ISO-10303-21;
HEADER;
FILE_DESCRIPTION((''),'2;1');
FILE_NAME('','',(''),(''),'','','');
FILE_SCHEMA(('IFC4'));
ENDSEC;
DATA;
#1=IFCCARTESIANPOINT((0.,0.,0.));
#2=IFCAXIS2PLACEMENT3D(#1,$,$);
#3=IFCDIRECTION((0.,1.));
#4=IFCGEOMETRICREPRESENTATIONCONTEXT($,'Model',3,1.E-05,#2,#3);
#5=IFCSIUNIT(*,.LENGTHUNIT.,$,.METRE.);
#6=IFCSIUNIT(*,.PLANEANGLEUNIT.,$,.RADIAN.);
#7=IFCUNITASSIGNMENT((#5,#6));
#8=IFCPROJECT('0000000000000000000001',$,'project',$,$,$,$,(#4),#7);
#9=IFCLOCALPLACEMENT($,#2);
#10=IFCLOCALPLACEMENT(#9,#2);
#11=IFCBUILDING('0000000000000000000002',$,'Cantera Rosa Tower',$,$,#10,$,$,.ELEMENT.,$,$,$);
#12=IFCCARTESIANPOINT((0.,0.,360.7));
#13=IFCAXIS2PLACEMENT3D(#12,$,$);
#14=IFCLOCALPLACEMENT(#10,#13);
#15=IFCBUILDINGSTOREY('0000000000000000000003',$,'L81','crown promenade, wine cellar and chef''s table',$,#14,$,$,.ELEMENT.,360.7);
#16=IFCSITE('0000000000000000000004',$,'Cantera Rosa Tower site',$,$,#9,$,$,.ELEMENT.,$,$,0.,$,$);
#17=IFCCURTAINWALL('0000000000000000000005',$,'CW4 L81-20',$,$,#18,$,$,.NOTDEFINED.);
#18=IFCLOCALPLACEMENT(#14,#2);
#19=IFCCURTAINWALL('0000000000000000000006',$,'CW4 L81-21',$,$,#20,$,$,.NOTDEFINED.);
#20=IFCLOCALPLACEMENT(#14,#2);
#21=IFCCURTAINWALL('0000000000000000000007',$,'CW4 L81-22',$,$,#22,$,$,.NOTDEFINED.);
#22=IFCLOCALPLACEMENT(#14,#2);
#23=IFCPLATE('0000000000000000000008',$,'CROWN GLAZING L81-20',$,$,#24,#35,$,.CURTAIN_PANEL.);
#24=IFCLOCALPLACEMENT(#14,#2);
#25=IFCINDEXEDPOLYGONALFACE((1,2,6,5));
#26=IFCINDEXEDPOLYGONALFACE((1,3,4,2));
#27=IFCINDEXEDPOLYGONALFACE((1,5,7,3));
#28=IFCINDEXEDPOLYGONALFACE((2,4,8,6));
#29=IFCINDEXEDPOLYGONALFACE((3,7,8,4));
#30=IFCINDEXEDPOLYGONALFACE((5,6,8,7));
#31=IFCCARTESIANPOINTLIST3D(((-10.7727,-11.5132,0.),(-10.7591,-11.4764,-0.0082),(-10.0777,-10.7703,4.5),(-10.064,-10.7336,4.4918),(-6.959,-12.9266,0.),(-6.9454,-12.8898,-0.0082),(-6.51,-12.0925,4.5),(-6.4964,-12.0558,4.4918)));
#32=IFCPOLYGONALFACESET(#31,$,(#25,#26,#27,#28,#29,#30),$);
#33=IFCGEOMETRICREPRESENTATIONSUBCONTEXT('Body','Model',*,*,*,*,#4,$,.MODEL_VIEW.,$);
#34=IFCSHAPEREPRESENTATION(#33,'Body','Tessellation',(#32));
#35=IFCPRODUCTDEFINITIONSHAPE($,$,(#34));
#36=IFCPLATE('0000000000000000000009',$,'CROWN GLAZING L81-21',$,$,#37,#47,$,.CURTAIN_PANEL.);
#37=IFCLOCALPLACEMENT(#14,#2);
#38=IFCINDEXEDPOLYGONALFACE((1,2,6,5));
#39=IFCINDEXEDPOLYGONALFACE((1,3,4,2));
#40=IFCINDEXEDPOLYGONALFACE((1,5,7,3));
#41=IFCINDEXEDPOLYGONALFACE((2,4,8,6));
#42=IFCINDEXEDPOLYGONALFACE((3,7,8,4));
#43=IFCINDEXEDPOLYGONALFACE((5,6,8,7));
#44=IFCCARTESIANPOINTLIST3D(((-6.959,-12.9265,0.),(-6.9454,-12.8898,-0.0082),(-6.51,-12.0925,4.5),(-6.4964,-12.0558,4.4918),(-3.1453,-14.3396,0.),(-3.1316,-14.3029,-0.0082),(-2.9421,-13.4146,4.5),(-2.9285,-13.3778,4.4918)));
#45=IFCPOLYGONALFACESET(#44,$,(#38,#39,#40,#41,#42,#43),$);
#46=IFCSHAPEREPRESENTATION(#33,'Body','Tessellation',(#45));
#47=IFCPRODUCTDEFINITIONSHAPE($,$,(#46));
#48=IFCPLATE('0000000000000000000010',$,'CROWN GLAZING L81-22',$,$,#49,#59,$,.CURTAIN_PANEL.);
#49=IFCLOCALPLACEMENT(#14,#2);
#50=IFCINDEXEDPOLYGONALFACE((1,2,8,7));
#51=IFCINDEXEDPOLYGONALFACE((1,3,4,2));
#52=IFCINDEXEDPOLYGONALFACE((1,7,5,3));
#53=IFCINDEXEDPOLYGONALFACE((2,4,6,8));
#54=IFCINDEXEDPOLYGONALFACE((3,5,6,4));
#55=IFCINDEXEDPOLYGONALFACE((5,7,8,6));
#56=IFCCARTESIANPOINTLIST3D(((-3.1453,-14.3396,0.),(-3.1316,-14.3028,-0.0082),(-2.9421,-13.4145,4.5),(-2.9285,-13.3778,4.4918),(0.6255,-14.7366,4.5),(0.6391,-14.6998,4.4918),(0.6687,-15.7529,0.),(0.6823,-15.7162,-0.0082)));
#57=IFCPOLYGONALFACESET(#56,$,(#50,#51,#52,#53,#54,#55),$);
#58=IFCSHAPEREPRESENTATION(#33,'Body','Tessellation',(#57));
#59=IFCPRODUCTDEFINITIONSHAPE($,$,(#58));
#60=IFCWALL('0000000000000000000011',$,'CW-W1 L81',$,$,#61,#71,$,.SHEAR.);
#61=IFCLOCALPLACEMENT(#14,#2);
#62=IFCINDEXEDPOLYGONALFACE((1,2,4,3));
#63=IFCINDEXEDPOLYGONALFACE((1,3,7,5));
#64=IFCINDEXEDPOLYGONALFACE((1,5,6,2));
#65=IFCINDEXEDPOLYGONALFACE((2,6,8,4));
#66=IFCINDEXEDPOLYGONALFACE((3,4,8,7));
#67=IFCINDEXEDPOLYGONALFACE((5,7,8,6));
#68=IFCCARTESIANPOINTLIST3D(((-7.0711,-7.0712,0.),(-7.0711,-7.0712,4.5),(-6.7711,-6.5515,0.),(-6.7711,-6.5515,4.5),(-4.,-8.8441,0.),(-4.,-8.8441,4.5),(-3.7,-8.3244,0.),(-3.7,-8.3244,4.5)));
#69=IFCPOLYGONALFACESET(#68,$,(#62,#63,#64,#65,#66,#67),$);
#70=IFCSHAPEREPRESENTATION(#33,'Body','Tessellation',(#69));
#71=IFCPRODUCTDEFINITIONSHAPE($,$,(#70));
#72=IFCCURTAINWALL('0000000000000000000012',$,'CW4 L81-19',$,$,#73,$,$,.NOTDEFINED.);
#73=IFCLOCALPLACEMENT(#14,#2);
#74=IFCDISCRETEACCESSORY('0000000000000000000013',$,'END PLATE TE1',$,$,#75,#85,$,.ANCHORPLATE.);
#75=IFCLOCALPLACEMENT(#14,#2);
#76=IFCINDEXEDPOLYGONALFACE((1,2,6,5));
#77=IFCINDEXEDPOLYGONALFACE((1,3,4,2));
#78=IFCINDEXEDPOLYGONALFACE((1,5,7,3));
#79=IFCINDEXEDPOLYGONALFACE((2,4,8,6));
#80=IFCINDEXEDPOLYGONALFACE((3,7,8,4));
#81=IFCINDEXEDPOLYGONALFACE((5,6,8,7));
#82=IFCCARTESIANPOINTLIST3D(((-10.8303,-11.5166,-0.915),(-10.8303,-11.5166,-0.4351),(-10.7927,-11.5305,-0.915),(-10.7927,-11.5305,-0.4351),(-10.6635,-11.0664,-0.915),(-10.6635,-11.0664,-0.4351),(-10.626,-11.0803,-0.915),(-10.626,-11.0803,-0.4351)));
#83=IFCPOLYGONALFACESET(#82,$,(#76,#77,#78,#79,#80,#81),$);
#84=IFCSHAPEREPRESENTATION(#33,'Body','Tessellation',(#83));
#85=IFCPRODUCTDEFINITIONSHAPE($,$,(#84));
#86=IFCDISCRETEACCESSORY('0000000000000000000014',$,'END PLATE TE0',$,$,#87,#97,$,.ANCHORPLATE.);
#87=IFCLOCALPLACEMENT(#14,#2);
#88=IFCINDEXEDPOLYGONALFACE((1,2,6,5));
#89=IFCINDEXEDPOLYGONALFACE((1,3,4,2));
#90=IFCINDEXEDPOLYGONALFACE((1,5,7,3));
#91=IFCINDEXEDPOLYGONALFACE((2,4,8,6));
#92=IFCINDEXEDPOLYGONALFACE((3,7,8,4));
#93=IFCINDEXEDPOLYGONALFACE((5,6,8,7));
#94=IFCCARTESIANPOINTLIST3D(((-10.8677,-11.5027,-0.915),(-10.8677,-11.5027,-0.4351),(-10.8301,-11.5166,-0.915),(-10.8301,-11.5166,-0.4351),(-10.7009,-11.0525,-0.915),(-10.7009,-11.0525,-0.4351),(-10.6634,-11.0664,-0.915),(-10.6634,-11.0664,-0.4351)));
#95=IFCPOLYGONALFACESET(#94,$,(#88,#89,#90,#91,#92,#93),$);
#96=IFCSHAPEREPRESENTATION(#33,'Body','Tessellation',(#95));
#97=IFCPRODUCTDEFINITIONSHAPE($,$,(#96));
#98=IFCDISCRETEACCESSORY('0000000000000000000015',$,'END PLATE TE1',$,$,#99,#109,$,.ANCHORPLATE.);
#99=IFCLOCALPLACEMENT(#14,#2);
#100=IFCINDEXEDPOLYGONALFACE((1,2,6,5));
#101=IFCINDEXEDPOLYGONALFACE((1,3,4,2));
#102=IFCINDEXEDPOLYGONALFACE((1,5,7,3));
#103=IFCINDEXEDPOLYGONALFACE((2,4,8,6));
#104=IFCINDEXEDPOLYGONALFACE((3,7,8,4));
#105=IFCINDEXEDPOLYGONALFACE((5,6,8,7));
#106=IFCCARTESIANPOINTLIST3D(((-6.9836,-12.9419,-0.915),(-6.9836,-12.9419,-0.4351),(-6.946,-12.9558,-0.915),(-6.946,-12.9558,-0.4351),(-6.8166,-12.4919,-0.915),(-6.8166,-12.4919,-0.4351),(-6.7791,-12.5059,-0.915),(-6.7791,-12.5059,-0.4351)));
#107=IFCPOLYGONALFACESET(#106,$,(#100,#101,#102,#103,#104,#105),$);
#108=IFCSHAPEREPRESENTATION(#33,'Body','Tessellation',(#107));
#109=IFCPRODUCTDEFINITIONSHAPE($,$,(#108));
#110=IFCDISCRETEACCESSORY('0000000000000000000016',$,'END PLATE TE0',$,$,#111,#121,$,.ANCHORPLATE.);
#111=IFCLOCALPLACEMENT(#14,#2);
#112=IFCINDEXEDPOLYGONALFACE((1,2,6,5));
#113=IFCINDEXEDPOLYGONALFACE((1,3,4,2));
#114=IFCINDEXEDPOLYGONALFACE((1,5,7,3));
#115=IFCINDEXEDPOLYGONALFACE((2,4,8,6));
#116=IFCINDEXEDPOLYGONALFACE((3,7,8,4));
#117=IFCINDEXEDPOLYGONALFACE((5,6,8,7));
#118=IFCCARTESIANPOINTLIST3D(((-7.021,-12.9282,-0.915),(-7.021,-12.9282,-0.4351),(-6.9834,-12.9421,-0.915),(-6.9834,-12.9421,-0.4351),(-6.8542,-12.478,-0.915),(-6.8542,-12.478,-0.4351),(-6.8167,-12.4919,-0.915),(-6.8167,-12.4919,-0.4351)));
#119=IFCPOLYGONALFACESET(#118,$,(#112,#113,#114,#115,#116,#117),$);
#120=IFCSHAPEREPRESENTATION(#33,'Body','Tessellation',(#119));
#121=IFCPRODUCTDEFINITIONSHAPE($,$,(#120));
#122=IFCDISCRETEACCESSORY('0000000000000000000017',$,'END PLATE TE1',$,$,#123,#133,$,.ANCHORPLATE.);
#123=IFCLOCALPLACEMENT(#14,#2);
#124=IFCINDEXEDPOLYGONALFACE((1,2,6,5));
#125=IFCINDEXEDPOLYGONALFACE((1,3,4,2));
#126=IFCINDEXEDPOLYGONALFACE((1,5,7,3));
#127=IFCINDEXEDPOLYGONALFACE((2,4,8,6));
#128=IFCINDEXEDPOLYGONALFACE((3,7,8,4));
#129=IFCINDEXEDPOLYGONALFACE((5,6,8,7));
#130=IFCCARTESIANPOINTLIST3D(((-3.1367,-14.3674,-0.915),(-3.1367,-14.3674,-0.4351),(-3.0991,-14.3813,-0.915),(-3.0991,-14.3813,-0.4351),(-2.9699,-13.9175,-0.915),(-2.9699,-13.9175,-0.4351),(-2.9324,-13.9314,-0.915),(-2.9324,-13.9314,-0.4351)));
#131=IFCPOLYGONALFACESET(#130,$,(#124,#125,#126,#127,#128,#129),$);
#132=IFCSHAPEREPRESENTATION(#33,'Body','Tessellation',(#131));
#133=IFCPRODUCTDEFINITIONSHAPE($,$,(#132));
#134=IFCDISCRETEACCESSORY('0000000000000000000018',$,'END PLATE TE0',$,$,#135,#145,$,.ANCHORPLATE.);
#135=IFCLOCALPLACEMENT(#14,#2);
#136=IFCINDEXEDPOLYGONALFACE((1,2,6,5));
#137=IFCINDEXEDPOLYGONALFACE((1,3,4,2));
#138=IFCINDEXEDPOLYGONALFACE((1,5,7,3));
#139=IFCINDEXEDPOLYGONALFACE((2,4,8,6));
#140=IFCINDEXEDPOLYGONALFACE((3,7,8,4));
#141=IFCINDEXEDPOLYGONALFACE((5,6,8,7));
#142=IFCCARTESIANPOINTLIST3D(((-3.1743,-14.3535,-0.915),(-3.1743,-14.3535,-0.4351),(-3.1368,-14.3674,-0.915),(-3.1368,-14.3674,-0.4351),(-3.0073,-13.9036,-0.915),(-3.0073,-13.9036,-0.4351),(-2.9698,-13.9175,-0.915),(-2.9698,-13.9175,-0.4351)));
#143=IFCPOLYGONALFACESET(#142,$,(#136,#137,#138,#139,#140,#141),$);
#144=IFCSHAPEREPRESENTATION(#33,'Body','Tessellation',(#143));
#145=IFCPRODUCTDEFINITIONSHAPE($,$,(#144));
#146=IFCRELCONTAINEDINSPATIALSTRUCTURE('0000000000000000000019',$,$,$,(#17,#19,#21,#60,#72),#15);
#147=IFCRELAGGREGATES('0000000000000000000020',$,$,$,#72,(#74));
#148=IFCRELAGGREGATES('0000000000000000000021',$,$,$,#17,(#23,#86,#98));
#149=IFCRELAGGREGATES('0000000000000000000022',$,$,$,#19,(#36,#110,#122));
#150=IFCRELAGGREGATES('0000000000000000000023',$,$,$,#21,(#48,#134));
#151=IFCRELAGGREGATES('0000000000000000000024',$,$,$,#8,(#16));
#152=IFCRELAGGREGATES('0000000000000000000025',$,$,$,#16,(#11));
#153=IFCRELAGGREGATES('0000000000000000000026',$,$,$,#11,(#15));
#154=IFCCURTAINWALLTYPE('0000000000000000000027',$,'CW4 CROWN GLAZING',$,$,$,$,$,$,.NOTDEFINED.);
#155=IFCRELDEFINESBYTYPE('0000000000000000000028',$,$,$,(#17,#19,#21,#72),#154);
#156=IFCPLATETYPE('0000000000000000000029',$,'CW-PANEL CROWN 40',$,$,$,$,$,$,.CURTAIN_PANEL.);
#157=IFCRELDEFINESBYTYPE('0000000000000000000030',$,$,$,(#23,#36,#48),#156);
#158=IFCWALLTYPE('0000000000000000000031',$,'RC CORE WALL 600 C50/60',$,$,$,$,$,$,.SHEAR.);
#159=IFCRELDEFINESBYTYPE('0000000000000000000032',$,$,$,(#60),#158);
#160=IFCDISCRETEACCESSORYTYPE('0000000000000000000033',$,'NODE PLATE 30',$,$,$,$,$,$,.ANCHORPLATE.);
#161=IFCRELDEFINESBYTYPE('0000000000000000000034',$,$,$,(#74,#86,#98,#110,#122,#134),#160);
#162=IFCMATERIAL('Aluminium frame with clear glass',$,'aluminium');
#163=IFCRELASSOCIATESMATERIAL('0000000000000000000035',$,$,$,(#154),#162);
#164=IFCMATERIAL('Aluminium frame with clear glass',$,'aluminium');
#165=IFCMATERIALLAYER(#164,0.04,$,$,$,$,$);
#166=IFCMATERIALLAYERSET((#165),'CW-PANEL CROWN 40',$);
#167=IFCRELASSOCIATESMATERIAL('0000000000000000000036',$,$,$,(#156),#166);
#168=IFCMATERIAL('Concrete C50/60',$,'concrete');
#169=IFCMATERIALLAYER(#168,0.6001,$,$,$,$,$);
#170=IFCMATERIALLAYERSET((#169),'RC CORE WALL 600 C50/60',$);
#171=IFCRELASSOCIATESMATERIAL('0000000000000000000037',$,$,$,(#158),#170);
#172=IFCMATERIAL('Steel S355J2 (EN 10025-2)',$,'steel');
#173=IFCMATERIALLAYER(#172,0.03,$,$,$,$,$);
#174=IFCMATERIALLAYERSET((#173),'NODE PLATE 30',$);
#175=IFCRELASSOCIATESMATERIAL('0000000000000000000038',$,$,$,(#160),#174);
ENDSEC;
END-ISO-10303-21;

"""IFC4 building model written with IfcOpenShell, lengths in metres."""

from ifc_helpers import new_model, si_unit, direction, frame, frame_2d, origin, place, context, subcontext, project, spatial, polyline, rectangle, outline, extrude, material, layer, layer_set, type_object, element, aggregate, save


model = new_model("IFC4")

# Units and contexts
model_context = context("Model", 3, precision=1e-05, world=origin(), true_north=direction((0.0, 1.0)))
body_context = subcontext(model_context, "Body", "Model", "MODEL_VIEW")
ifc_project = project(units=[si_unit("LENGTHUNIT", "METRE"), si_unit("PLANEANGLEUNIT", "RADIAN")], contexts=[model_context])

# Site, building, storey
site_placement = place(None, origin())
site = spatial("IfcSite", under=ifc_project, at=site_placement, Name="Cantera Rosa Tower site", CompositionType="ELEMENT", RefElevation=0.0)
building_placement = place(site_placement, origin())
building = spatial("IfcBuilding", under=site, at=building_placement, Name="Cantera Rosa Tower", CompositionType="ELEMENT")
storey_placement = place(building_placement, frame((0.0, 0.0, 360.7)))
storey = spatial("IfcBuildingStorey", under=building, at=storey_placement, Name="L81", Description="crown promenade, wine cellar and chef's table", CompositionType="ELEMENT", Elevation=360.7)

# Curtain walls
ifc_material_1 = material(Name="Aluminium frame with clear glass", Category="aluminium")
curtain_wall_type = type_object("IfcCurtainWallType", Name="CW4 CROWN GLAZING", PredefinedType="NOTDEFINED", material=ifc_material_1)
curtain_wall_1_placement = place(storey_placement, origin())
curtain_wall_1 = element("IfcCurtainWall", 1, at=curtain_wall_1_placement, inside=storey, type_object=curtain_wall_type, Name="CW4 L81-20", PredefinedType="NOTDEFINED")
curtain_wall_2_placement = place(storey_placement, origin())
curtain_wall_2 = element("IfcCurtainWall", 2, at=curtain_wall_2_placement, inside=storey, type_object=curtain_wall_type, Name="CW4 L81-21", PredefinedType="NOTDEFINED")
curtain_wall_3_placement = place(storey_placement, origin())
curtain_wall_3 = element("IfcCurtainWall", 3, at=curtain_wall_3_placement, inside=storey, type_object=curtain_wall_type, Name="CW4 L81-22", PredefinedType="NOTDEFINED")

# Plates
ifc_material_2 = material(Name="Aluminium frame with clear glass", Category="aluminium")
ifc_layer_1 = layer(ifc_material_2, 0.04)
ifc_layer_set_1 = layer_set([ifc_layer_1], Name="CW-PANEL CROWN 40")
plate_type = type_object("IfcPlateType", Name="CW-PANEL CROWN 40", PredefinedType="CURTAIN_PANEL", material=ifc_layer_set_1)
plate_1_placement = place(storey_placement, frame((-10.7727, -11.5132, 0.0), z_axis=(-0.340198, -0.917942, 0.204079), x_axis=(0.937676, -0.347511, 0.000003)))
plate_1 = element("IfcPlate", 4, at=plate_1_placement, type_object=plate_type, Name="CROWN GLAZING L81-20", PredefinedType="CURTAIN_PANEL", context=body_context, shape_type="SweptSolid", body=[
    extrude(outline(polyline([(0.0, 0.0), (4.0672, 0.0), (4.1984, 4.5967), (0.3936, 4.5968), (0.0, 0.0)])), origin(), (0.0, 0.0, -1.0), 0.04),
])
plate_2_placement = place(storey_placement, frame((-6.959, -12.9265, 0.0), z_axis=(-0.340136, -0.917969, 0.20406), x_axis=(0.9377, -0.347447, 0.000001)))
plate_2 = element("IfcPlate", 5, at=plate_2_placement, type_object=plate_type, Name="CROWN GLAZING L81-21", PredefinedType="CURTAIN_PANEL", context=body_context, shape_type="SweptSolid", body=[
    extrude(outline(polyline([(0.0, 0.0), (4.0671, 0.0), (3.9362, 4.5967), (0.1312, 4.5967), (0.0, 0.0)])), origin(), (0.0, 0.0, -1.0), 0.04),
])
plate_3_placement = place(storey_placement, frame((-3.1453, -14.3396, 0.0), z_axis=(-0.340163, -0.917959, 0.204059), x_axis=(0.93769, -0.347474, -0.000001)))
plate_3 = element("IfcPlate", 6, at=plate_3_placement, type_object=plate_type, Name="CROWN GLAZING L81-22", PredefinedType="CURTAIN_PANEL", context=body_context, shape_type="SweptSolid", body=[
    extrude(outline(polyline([(0.0, 0.0), (4.0674, 0.0), (3.6737, 4.5967), (-0.131, 4.5967), (0.0, 0.0)])), origin(), (0.0, 0.0, -1.0), 0.04),
])

# Wall
ifc_material_3 = material(Name="Concrete C50/60", Category="concrete")
ifc_layer_2 = layer(ifc_material_3, 0.6001)
ifc_layer_set_2 = layer_set([ifc_layer_2], Name="RC CORE WALL 600 C50/60")
wall_type = type_object("IfcWallType", Name="RC CORE WALL 600 C50/60", PredefinedType="SHEAR", material=ifc_layer_set_2)
wall_placement = place(storey_placement, frame((-3.8501, -8.5842, 0.0), z_axis=(0.0, 0.0, 1.0), x_axis=(-0.86604, 0.499975, 0.0)))
element("IfcWall", 7, at=wall_placement, inside=storey, type_object=wall_type, Name="CW-W1 L81", PredefinedType="SHEAR", context=body_context, shape_type="SweptSolid", body=[
    extrude(rectangle(XDim=3.5461, YDim=0.6001, at=frame_2d((1.7729, 0.0))), origin(), (0.0, 0.0, 1.0), 4.5),
])

# Curtain wall, discrete accessory
curtain_wall_4_placement = place(storey_placement, origin())
curtain_wall_4 = element("IfcCurtainWall", 8, at=curtain_wall_4_placement, inside=storey, type_object=curtain_wall_type, Name="CW4 L81-19", PredefinedType="NOTDEFINED")
ifc_material_4 = material(Name="Steel S355J2 (EN 10025-2)", Category="steel")
ifc_layer_3 = layer(ifc_material_4, 0.03)
ifc_layer_set_3 = layer_set([ifc_layer_3], Name="NODE PLATE 30")
discrete_accessory_type = type_object("IfcDiscreteAccessoryType", Name="NODE PLATE 30", PredefinedType="ANCHORPLATE", material=ifc_layer_set_3)
discrete_accessory_1_placement = place(storey_placement, frame((-10.626, -11.0803, -0.4351), z_axis=(0.937743, -0.347331, 0.0), x_axis=(-0.347331, -0.937743, 0.0)))
discrete_accessory_1 = element("IfcDiscreteAccessory", 9, at=discrete_accessory_1_placement, type_object=discrete_accessory_type, Name="END PLATE TE1", PredefinedType="ANCHORPLATE", context=body_context, shape_type="SweptSolid", body=[
    extrude(outline(polyline([(0.0, 0.0), (0.4801, 0.0), (0.4801, 0.48), (0.0, 0.48), (0.0, 0.0)])), origin(), (0.0, 0.0, -1.0), 0.04),
])
aggregate(curtain_wall_4, [discrete_accessory_1])

# Discrete accessories
discrete_accessory_2_placement = place(storey_placement, frame((-10.8677, -11.5027, -0.4351), z_axis=(-0.937743, 0.347331, 0.0), x_axis=(0.347331, 0.937743, 0.0)))
discrete_accessory_2 = element("IfcDiscreteAccessory", 10, at=discrete_accessory_2_placement, type_object=discrete_accessory_type, Name="END PLATE TE0", PredefinedType="ANCHORPLATE", context=body_context, shape_type="SweptSolid", body=[
    extrude(outline(polyline([(0.0, 0.0), (0.4801, 0.0), (0.4801, 0.48), (0.0, 0.48), (0.0, 0.0)])), origin(), (0.0, 0.0, -1.0), 0.04),
])
discrete_accessory_3_placement = place(storey_placement, frame((-6.7791, -12.5059, -0.4351), z_axis=(0.937515, -0.347944, 0.0), x_axis=(-0.347944, -0.937515, 0.0)))
discrete_accessory_3 = element("IfcDiscreteAccessory", 11, at=discrete_accessory_3_placement, type_object=discrete_accessory_type, Name="END PLATE TE1", PredefinedType="ANCHORPLATE", context=body_context, shape_type="SweptSolid", body=[
    extrude(outline(polyline([(0.0, 0.0), (0.4799, 0.0), (0.4799, 0.48), (0.0, 0.48), (0.0, 0.0)])), origin(), (0.0, 0.0, -1.0), 0.04),
])
aggregate(curtain_wall_1, [plate_1, discrete_accessory_2, discrete_accessory_3])
discrete_accessory_4_placement = place(storey_placement, frame((-7.021, -12.9282, -0.4351), z_axis=(-0.937743, 0.347331, 0.0), x_axis=(0.347331, 0.937743, 0.0)))
discrete_accessory_4 = element("IfcDiscreteAccessory", 12, at=discrete_accessory_4_placement, type_object=discrete_accessory_type, Name="END PLATE TE0", PredefinedType="ANCHORPLATE", context=body_context, shape_type="SweptSolid", body=[
    extrude(outline(polyline([(0.0, 0.0), (0.4801, 0.0), (0.4801, 0.48), (0.0, 0.48), (0.0, 0.0)])), origin(), (0.0, 0.0, -1.0), 0.04),
])
discrete_accessory_5_placement = place(storey_placement, frame((-2.9324, -13.9314, -0.4351), z_axis=(0.937681, -0.347497, 0.0), x_axis=(-0.347497, -0.937681, 0.0)))
discrete_accessory_5 = element("IfcDiscreteAccessory", 13, at=discrete_accessory_5_placement, type_object=discrete_accessory_type, Name="END PLATE TE1", PredefinedType="ANCHORPLATE", context=body_context, shape_type="SweptSolid", body=[
    extrude(outline(polyline([(0.0, 0.0), (0.4799, 0.0), (0.4799, 0.48), (0.0, 0.48), (0.0, 0.0)])), origin(), (0.0, 0.0, -1.0), 0.04),
])
aggregate(curtain_wall_2, [plate_2, discrete_accessory_4, discrete_accessory_5])
discrete_accessory_6_placement = place(storey_placement, frame((-3.1743, -14.3535, -0.4351), z_axis=(-0.937515, 0.347944, 0.0), x_axis=(0.347944, 0.937515, 0.0)))
discrete_accessory_6 = element("IfcDiscreteAccessory", 14, at=discrete_accessory_6_placement, type_object=discrete_accessory_type, Name="END PLATE TE0", PredefinedType="ANCHORPLATE", context=body_context, shape_type="SweptSolid", body=[
    extrude(outline(polyline([(0.0, 0.0), (0.4799, 0.0), (0.4799, 0.48), (0.0, 0.48), (0.0, 0.0)])), origin(), (0.0, 0.0, -1.0), 0.04),
])
aggregate(curtain_wall_3, [plate_3, discrete_accessory_6])

save(model, "model.ifc")
